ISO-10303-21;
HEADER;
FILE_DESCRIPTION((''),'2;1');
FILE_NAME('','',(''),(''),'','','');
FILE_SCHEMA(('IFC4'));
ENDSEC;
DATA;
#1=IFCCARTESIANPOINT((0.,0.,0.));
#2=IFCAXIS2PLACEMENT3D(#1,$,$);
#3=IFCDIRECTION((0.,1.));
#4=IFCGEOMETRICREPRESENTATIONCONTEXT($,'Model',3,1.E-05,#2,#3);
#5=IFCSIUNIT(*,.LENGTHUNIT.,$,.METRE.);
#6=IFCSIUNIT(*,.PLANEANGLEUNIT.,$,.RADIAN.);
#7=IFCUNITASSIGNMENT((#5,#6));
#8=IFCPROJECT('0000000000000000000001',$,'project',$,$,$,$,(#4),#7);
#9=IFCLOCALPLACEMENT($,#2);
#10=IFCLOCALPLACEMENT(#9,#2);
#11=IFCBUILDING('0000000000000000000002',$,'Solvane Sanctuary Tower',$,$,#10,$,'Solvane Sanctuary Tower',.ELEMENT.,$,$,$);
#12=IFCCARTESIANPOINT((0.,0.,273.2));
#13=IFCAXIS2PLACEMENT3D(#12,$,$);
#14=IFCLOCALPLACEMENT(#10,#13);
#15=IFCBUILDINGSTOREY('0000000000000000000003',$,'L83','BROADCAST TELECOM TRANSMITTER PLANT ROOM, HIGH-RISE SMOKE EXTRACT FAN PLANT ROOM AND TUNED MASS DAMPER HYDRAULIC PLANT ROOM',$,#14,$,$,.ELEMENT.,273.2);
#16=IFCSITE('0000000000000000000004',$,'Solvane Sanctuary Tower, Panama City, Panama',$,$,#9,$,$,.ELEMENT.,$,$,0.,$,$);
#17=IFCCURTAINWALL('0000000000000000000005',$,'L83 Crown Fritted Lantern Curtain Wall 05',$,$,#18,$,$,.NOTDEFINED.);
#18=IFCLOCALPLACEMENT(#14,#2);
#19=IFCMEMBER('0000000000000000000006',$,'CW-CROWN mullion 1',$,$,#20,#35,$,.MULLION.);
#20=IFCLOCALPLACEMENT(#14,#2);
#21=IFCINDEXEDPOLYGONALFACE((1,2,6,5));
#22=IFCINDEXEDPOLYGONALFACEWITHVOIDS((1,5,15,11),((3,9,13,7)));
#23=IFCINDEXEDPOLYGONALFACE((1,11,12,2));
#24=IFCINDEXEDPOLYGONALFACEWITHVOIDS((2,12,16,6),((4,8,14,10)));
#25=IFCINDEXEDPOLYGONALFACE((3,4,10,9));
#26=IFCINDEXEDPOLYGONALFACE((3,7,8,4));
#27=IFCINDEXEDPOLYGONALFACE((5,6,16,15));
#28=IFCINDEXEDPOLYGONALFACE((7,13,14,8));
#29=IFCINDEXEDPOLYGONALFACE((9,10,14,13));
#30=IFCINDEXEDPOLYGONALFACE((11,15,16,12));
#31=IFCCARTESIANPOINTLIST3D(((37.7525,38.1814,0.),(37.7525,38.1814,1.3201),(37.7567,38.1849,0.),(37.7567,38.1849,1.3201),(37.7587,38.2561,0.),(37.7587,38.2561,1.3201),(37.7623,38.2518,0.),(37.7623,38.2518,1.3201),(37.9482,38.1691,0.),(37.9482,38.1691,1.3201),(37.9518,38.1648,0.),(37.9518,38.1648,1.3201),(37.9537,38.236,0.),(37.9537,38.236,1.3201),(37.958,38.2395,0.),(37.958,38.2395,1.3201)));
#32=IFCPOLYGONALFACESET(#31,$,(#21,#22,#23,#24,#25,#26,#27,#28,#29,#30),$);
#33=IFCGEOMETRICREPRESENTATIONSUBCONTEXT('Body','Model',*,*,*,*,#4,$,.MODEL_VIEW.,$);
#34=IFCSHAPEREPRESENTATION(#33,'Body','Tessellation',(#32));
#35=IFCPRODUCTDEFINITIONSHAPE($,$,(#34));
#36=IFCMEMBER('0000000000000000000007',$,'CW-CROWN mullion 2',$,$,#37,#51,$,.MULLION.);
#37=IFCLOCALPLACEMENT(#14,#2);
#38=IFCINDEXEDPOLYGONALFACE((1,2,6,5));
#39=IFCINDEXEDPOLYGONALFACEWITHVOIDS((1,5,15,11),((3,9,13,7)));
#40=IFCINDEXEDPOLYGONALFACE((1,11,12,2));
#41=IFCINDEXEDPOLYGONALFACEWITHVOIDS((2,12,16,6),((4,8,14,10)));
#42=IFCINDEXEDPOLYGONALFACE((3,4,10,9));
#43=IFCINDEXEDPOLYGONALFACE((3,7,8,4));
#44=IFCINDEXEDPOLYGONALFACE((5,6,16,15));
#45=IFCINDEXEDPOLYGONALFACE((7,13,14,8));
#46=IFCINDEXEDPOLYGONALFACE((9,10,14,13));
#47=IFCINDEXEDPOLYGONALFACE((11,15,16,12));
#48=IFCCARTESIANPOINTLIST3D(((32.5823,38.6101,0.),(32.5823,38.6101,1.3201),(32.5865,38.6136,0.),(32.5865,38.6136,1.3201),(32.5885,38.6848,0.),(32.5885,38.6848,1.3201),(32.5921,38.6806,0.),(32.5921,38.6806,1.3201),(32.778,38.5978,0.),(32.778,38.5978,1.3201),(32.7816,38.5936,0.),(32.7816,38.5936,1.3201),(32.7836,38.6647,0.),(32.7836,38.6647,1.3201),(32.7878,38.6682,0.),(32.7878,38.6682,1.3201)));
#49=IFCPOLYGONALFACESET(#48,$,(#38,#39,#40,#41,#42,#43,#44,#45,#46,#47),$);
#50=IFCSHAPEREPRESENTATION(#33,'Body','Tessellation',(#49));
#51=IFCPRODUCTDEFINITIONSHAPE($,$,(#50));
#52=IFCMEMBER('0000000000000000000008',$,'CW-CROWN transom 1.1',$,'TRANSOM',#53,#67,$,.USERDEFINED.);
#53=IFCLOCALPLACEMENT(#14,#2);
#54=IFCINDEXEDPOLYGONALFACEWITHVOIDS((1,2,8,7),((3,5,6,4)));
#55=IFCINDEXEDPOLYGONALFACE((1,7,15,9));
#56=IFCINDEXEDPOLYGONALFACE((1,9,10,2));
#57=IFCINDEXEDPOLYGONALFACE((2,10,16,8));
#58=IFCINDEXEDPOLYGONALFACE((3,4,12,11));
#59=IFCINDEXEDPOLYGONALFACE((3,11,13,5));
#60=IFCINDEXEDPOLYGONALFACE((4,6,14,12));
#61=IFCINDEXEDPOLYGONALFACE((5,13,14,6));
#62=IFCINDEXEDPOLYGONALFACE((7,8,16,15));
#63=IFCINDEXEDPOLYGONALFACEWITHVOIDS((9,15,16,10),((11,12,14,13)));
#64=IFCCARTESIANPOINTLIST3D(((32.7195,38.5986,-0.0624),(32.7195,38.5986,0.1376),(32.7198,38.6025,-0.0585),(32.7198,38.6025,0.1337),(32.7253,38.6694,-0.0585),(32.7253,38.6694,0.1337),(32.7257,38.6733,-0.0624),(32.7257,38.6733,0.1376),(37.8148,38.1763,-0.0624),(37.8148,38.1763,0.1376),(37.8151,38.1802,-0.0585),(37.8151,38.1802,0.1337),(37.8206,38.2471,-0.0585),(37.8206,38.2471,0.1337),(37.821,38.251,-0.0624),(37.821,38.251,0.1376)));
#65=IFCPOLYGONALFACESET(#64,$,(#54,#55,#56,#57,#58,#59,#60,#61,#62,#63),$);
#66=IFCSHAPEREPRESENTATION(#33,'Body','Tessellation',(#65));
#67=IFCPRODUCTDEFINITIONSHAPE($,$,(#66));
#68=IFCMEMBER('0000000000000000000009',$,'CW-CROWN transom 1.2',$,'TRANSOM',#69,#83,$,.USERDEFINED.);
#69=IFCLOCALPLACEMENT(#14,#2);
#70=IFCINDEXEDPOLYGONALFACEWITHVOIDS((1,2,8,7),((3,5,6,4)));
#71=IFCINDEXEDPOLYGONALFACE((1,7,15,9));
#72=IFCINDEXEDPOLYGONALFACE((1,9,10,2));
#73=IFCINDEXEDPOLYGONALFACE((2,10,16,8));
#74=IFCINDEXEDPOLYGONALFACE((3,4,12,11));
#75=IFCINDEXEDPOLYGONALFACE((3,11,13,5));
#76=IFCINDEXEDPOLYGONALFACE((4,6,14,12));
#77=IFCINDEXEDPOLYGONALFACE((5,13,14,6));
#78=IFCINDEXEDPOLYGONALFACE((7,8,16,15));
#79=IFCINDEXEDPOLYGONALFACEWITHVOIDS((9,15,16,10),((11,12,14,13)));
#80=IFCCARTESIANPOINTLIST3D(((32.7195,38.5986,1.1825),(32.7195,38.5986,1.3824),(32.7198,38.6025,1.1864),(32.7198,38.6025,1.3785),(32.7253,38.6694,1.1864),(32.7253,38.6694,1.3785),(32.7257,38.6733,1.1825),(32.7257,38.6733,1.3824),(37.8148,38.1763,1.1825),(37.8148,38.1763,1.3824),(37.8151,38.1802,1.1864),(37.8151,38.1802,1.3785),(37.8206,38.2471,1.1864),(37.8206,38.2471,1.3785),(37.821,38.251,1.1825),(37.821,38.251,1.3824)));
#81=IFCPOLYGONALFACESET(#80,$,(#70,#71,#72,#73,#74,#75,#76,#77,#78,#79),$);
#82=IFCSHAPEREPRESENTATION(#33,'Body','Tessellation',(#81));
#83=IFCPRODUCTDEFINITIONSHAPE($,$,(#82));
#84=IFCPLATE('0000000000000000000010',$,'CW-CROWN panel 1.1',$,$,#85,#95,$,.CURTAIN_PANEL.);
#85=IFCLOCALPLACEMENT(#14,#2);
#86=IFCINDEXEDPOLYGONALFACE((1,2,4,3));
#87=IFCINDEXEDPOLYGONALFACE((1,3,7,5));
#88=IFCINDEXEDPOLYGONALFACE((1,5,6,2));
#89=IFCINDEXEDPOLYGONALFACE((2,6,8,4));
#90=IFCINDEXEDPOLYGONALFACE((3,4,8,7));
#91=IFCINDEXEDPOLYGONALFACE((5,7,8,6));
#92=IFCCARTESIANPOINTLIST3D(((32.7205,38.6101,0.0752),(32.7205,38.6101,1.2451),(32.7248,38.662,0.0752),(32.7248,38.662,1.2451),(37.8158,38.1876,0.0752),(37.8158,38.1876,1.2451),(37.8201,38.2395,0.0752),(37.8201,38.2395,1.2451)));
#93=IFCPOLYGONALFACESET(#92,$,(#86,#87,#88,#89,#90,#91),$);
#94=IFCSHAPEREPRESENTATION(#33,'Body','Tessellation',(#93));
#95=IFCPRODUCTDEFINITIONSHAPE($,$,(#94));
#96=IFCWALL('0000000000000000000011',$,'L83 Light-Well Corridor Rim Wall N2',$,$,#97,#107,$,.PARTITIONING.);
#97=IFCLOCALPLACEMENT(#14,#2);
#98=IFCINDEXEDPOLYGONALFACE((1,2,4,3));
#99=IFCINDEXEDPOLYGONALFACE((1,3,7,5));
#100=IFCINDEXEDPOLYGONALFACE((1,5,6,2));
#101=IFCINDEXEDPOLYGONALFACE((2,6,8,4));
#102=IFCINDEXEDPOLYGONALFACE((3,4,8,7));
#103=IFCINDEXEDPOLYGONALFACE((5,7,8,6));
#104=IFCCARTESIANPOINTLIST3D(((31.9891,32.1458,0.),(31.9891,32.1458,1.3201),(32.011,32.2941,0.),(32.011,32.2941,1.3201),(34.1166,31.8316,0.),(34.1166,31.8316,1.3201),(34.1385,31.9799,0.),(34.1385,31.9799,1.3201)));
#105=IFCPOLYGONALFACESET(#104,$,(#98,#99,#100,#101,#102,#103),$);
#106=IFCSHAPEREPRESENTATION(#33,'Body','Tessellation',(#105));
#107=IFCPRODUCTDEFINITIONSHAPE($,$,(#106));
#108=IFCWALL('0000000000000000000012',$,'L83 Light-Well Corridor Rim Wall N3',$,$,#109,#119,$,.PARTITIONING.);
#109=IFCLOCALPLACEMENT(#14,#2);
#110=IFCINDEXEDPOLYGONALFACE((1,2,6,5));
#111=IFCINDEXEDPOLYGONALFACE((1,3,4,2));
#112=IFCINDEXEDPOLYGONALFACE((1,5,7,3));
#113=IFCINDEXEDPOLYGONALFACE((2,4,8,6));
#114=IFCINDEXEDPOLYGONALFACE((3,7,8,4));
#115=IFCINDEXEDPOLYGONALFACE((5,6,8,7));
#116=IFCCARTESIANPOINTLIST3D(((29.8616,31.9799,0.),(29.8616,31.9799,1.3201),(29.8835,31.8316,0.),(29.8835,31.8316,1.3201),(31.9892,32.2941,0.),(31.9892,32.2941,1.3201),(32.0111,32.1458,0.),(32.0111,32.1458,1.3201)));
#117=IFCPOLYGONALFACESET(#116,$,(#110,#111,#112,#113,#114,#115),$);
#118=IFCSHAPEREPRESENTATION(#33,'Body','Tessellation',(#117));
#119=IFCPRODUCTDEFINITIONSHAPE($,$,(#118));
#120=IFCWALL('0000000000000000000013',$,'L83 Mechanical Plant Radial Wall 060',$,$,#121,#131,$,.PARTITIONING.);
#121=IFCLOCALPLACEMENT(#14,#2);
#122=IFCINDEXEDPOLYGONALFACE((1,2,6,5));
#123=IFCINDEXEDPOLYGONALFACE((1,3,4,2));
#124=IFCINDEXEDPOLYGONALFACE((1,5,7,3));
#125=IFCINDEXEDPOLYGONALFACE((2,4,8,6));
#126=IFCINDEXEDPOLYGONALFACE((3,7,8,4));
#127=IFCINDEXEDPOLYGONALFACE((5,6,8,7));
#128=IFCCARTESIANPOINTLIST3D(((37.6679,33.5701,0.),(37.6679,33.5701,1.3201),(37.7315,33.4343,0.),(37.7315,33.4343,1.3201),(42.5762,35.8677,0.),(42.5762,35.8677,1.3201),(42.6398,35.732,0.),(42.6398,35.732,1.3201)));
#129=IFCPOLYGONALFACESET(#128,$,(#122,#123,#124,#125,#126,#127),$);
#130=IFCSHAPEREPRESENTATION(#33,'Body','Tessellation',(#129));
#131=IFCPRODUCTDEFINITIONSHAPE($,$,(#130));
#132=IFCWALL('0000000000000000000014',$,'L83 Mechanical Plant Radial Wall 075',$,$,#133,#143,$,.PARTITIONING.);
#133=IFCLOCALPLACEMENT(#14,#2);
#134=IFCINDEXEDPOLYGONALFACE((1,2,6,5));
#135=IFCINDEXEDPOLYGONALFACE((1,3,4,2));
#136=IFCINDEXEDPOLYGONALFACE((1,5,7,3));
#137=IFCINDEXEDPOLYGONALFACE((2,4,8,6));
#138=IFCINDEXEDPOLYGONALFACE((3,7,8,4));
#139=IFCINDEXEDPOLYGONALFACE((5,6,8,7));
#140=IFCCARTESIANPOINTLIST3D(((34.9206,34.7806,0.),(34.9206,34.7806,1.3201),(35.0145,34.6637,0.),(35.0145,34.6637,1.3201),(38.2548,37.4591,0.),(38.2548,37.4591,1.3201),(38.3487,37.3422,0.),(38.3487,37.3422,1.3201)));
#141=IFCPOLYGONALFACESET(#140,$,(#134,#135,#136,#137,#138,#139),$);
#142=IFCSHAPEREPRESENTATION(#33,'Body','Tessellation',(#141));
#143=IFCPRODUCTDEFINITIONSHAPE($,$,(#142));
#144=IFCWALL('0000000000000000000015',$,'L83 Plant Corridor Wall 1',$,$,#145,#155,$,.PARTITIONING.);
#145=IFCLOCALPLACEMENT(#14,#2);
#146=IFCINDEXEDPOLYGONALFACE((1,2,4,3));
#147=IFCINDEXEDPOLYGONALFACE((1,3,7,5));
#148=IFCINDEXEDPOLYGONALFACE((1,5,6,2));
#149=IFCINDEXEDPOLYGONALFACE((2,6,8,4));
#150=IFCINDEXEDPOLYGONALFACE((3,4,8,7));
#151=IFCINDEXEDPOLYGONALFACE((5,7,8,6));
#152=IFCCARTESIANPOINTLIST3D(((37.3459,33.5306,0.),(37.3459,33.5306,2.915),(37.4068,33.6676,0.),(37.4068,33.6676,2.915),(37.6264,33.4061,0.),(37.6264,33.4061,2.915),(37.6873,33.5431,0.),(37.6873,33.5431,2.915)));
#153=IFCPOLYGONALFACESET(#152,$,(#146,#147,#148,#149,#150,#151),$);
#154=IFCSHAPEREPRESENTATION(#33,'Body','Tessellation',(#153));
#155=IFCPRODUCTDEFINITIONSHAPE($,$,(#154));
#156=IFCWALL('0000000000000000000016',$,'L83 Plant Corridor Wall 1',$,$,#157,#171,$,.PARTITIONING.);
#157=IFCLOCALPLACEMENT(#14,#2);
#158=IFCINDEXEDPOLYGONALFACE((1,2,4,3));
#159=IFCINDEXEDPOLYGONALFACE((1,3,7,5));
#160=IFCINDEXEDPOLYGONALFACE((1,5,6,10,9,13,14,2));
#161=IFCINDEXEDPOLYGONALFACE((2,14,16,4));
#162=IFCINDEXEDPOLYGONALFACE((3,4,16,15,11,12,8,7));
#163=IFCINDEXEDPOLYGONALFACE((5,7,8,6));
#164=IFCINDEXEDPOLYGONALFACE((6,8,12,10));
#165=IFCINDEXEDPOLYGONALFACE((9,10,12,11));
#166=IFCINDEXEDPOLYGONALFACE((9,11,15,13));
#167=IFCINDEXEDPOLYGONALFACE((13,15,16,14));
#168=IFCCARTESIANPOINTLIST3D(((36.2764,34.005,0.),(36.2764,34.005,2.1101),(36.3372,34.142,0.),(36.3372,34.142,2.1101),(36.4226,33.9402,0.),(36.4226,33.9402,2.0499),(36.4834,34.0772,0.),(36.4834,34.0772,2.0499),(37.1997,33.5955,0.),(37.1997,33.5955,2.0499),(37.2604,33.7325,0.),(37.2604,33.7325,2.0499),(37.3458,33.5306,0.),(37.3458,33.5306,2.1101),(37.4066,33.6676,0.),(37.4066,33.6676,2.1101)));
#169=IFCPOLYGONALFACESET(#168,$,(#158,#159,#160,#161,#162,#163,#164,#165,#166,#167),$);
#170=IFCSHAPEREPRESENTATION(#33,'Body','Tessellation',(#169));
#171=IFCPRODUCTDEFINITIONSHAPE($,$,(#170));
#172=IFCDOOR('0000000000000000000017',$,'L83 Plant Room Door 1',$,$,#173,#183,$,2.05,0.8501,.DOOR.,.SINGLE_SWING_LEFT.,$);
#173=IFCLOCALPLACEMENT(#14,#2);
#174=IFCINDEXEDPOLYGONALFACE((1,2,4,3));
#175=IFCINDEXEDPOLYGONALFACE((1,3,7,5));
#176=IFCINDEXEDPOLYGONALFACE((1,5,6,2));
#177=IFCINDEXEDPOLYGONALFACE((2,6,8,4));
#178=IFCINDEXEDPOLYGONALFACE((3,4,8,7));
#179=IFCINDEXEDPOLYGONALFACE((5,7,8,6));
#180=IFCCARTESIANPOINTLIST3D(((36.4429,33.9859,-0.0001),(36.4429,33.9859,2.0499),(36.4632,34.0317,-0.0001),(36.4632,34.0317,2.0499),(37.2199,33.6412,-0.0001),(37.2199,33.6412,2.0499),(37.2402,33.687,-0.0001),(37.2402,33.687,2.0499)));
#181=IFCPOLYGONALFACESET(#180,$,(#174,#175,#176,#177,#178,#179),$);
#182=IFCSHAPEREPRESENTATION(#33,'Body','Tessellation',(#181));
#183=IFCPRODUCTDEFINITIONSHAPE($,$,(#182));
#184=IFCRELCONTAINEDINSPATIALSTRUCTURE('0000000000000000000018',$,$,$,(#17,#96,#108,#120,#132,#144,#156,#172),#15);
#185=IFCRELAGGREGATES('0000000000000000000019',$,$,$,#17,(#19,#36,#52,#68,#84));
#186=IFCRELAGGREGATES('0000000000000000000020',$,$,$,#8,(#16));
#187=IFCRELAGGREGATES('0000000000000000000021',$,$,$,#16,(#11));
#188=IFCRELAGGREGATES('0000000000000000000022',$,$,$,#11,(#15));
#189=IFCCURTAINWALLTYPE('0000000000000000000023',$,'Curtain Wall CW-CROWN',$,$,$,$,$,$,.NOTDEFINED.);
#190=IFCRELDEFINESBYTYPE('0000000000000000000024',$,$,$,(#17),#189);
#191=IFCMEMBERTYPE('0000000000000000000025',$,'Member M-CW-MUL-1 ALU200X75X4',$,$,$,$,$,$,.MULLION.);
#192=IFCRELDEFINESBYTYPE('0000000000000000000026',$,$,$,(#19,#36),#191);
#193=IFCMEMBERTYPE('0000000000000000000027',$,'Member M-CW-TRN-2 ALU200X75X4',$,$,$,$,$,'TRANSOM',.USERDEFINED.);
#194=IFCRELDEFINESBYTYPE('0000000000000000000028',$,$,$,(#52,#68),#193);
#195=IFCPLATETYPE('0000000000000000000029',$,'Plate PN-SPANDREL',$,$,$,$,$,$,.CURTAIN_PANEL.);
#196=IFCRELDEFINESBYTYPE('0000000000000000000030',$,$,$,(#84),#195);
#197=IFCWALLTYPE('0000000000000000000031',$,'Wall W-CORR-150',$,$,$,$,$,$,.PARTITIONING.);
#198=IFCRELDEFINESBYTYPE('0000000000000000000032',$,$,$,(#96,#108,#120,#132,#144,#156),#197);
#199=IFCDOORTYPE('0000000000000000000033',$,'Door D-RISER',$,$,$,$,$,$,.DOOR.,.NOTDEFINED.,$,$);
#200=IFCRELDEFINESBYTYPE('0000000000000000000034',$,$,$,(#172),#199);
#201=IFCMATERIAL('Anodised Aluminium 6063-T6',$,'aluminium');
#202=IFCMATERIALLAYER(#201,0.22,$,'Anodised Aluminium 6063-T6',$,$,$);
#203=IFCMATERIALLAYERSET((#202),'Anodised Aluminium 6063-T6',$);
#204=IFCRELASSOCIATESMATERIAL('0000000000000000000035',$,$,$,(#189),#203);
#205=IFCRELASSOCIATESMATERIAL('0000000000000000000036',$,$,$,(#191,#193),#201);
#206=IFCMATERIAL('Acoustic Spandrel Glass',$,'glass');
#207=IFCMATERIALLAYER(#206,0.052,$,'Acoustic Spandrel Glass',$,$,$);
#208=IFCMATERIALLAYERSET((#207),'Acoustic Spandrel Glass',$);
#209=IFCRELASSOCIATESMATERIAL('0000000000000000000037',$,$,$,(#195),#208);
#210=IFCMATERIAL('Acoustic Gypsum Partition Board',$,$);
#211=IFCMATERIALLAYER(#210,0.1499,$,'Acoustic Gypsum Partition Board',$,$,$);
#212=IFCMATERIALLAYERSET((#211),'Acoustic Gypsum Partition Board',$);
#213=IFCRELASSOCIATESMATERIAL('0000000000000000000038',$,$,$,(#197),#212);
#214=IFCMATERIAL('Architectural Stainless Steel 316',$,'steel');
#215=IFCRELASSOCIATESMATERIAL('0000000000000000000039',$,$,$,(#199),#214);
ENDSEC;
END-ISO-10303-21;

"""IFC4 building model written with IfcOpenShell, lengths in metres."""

from ifc_helpers import new_model, si_unit, direction, frame, frame_2d, origin, origin_2d, place, context, subcontext, project, spatial, rectangle, hollow_rectangle, extrude, material, layer, layer_set, material_profile, profile_set, type_object, element, fill, aggregate, save


model = new_model("IFC4")

# Units and contexts
model_context = context("Model", 3, precision=1e-05, world=origin(), true_north=direction((0.0, 1.0)))
body_context = subcontext(model_context, "Body", "Model", "MODEL_VIEW")
ifc_project = project(units=[si_unit("LENGTHUNIT", "METRE"), si_unit("PLANEANGLEUNIT", "RADIAN")], contexts=[model_context])

# Site, building, storey
site_placement = place(None, origin())
site = spatial("IfcSite", under=ifc_project, at=site_placement, Name="Solvane Sanctuary Tower, Panama City, Panama", CompositionType="ELEMENT", RefElevation=0.0)
building_placement = place(site_placement, origin())
building = spatial("IfcBuilding", under=site, at=building_placement, Name="Solvane Sanctuary Tower", LongName="Solvane Sanctuary Tower", CompositionType="ELEMENT")
storey_placement = place(building_placement, frame((0.0, 0.0, 273.2)))
storey = spatial("IfcBuildingStorey", under=building, at=storey_placement, Name="L83", Description="BROADCAST TELECOM TRANSMITTER PLANT ROOM, HIGH-RISE SMOKE EXTRACT FAN PLANT ROOM AND TUNED MASS DAMPER HYDRAULIC PLANT ROOM", CompositionType="ELEMENT", Elevation=273.2)

# Shared definitions
ifc_material_1 = material(Name="Anodised Aluminium 6063-T6", Category="aluminium")
ifc_layer_1 = layer(ifc_material_1, 0.22, Name="Anodised Aluminium 6063-T6")
ifc_layer_set_1 = layer_set([ifc_layer_1], Name="Anodised Aluminium 6063-T6")
curtain_wall_type = type_object("IfcCurtainWallType", Name="Curtain Wall CW-CROWN", PredefinedType="NOTDEFINED", material=ifc_layer_set_1)
ifc_material_profile_1 = material_profile(ifc_material_1, hollow_rectangle(XDim=0.075, YDim=0.2, WallThickness=0.0039, at=origin_2d()), Name="ALU200X75X4")
ifc_profile_set_1 = profile_set([ifc_material_profile_1], Name="Anodised Aluminium 6063-T6")
member_type_1 = type_object("IfcMemberType", Name="Member M-CW-MUL-1 ALU200X75X4", PredefinedType="MULLION", material=ifc_profile_set_1)

# Curtain wall, members, plate
curtain_wall_1_placement = place(storey_placement, origin())
curtain_wall_1 = element("IfcCurtainWall", 1, at=curtain_wall_1_placement, inside=storey, type_object=curtain_wall_type, Name="L83 Crown Fritted Lantern Curtain Wall 05", PredefinedType="NOTDEFINED")
member_1_placement = place(storey_placement, frame((37.8552, 38.2104, 0.0), z_axis=(0.0, 0.0, 1.0), x_axis=(-0.082637, -0.99658, 0.0)))
member_1 = element("IfcMember", 2, at=member_1_placement, type_object=member_type_1, Name="CW-CROWN mullion 1", PredefinedType="MULLION", context=body_context, shape_type="SweptSolid", body=[
    extrude(hollow_rectangle(XDim=0.075, YDim=0.2, WallThickness=0.0039, at=origin_2d()), origin(), (0.0, 0.0, 1.0), 1.3201),
])
member_2_placement = place(storey_placement, frame((32.6851, 38.6392, 0.0), z_axis=(0.0, 0.0, 1.0), x_axis=(-0.082637, -0.99658, 0.0)))
member_2 = element("IfcMember", 3, at=member_2_placement, type_object=member_type_1, Name="CW-CROWN mullion 2", PredefinedType="MULLION", context=body_context, shape_type="SweptSolid", body=[
    extrude(hollow_rectangle(XDim=0.075, YDim=0.2, WallThickness=0.0039, at=origin_2d()), origin(), (0.0, 0.0, 1.0), 1.3201),
])
ifc_material_profile_2 = material_profile(ifc_material_1, hollow_rectangle(XDim=0.075, YDim=0.2, WallThickness=0.0039, at=origin_2d()), Name="ALU200X75X4")
ifc_profile_set_2 = profile_set([ifc_material_profile_2], Name="Anodised Aluminium 6063-T6")
member_type_2 = type_object("IfcMemberType", Name="Member M-CW-TRN-2 ALU200X75X4", ElementType="TRANSOM", PredefinedType="USERDEFINED", material=ifc_profile_set_2)
member_3_placement = place(storey_placement, frame((37.8179, 38.2136, 0.0376), z_axis=(-0.996582, 0.082611, 0.0), x_axis=(-0.082611, -0.996582, 0.0)))
member_3 = element("IfcMember", 4, at=member_3_placement, type_object=member_type_2, Name="CW-CROWN transom 1.1", ObjectType="TRANSOM", PredefinedType="USERDEFINED", context=body_context, shape_type="SweptSolid", body=[
    extrude(hollow_rectangle(XDim=0.075, YDim=0.2, WallThickness=0.0039, at=origin_2d()), origin(), (0.0, 0.0, 1.0), 5.1128),
])
member_4_placement = place(storey_placement, frame((37.8179, 38.2136, 1.2825), z_axis=(-0.996582, 0.082611, 0.0), x_axis=(-0.082611, -0.996582, 0.0)))
member_4 = element("IfcMember", 5, at=member_4_placement, type_object=member_type_2, Name="CW-CROWN transom 1.2", ObjectType="TRANSOM", PredefinedType="USERDEFINED", context=body_context, shape_type="SweptSolid", body=[
    extrude(hollow_rectangle(XDim=0.075, YDim=0.2, WallThickness=0.0039, at=origin_2d()), origin(), (0.0, 0.0, 1.0), 5.1128),
])
ifc_material_2 = material(Name="Acoustic Spandrel Glass", Category="glass")
ifc_layer_2 = layer(ifc_material_2, 0.052, Name="Acoustic Spandrel Glass")
ifc_layer_set_2 = layer_set([ifc_layer_2], Name="Acoustic Spandrel Glass")
plate_type = type_object("IfcPlateType", Name="Plate PN-SPANDREL", PredefinedType="CURTAIN_PANEL", material=ifc_layer_set_2)
plate_placement = place(storey_placement, frame((35.2703, 38.4248, 0.0752), z_axis=(0.0, 0.0, 1.0), x_axis=(-0.99658, 0.082637, 0.0)))
plate = element("IfcPlate", 6, at=plate_placement, type_object=plate_type, Name="CW-CROWN panel 1.1", PredefinedType="CURTAIN_PANEL", context=body_context, shape_type="SweptSolid", body=[
    extrude(rectangle(XDim=5.1128, YDim=0.052, at=origin_2d()), origin(), (0.0, 0.0, 1.0), 1.1699),
])
aggregate(curtain_wall_1, [member_1, member_2, member_3, member_4, plate])

# Walls
ifc_material_3 = material(Name="Acoustic Gypsum Partition Board")
ifc_layer_3 = layer(ifc_material_3, 0.1499, Name="Acoustic Gypsum Partition Board")
ifc_layer_set_3 = layer_set([ifc_layer_3], Name="Acoustic Gypsum Partition Board")
wall_type_1 = type_object("IfcWallType", Name="Wall W-CORR-150", PredefinedType="PARTITIONING", material=ifc_layer_set_3)
for number, where, z_axis, x_axis, name in (
    (7, (34.1274, 31.9058, 0.0), (0.0, 0.0, 1.0), (-0.989269, 0.146108, 0.0), "L83 Light-Well Corridor Rim Wall N2"),
    (8, (32.0, 32.22, 0.0), (0.0, 0.0, 1.0), (-0.989269, -0.146108, 0.0), "L83 Light-Well Corridor Rim Wall N3"),
):
    element("IfcWall", number, at=place(storey_placement, frame(where, z_axis=z_axis, x_axis=x_axis)), inside=storey, type_object=wall_type_1, Name=name, PredefinedType="PARTITIONING", context=body_context, shape_type="SweptSolid", body=[
        extrude(rectangle(XDim=2.1506, YDim=0.1499, at=frame_2d((1.0752, 0.0))), origin(), (0.0, 0.0, 1.0), 1.3201),
    ])
wall_1_placement = place(storey_placement, frame((37.6997, 33.5022, 0.0), z_axis=(0.0, 0.0, 1.0), x_axis=(0.90568, 0.423963, 0.0)))
element("IfcWall", 9, at=wall_1_placement, inside=storey, type_object=wall_type_1, Name="L83 Mechanical Plant Radial Wall 060", PredefinedType="PARTITIONING", context=body_context, shape_type="SweptSolid", body=[
    extrude(rectangle(XDim=5.4194, YDim=0.1499, at=frame_2d((2.7097, 0.0))), origin(), (0.0, 0.0, 1.0), 1.3201),
])
wall_2_placement = place(storey_placement, frame((34.9675, 34.7222, 0.0), z_axis=(0.0, 0.0, 1.0), x_axis=(0.779603, 0.626274, 0.0)))
element("IfcWall", 10, at=wall_2_placement, inside=storey, type_object=wall_type_1, Name="L83 Mechanical Plant Radial Wall 075", PredefinedType="PARTITIONING", context=body_context, shape_type="SweptSolid", body=[
    extrude(rectangle(XDim=4.2769, YDim=0.1499, at=frame_2d((2.1384, 0.0))), origin(), (0.0, 0.0, 1.0), 1.3201),
])
wall_3_placement = place(storey_placement, frame((37.6567, 33.4746, 0.0), z_axis=(0.0, 0.0, 1.0), x_axis=(-0.914008, 0.405696, 0.0)))
element("IfcWall", 11, at=wall_3_placement, inside=storey, type_object=wall_type_1, Name="L83 Plant Corridor Wall 1", PredefinedType="PARTITIONING", context=body_context, shape_type="SweptSolid", body=[
    extrude(rectangle(XDim=0.3069, YDim=0.1499, at=frame_2d((0.1533, 0.0))), origin(), (0.0, 0.0, 1.0), 2.915),
])

# Wall, opening, door
wall_4_placement = place(storey_placement, frame((37.3762, 33.5991, 0.0), z_axis=(0.0, 0.0, 1.0), x_axis=(-0.914095, 0.405499, 0.0)))
wall_4 = element("IfcWall", 12, at=wall_4_placement, inside=storey, type_object=wall_type_1, Name="L83 Plant Corridor Wall 1", PredefinedType="PARTITIONING", context=body_context, shape_type="SweptSolid", body=[
    extrude(rectangle(XDim=1.1699, YDim=0.1499, at=frame_2d((0.585, 0.0))), origin(), (0.0, 0.0, 1.0), 2.1101),
])
opening_placement = place(wall_4_placement, frame((0.1599, 0.0, 0.0)))
opening = element("IfcOpeningElement", 13, at=opening_placement, cuts=wall_4, PredefinedType="OPENING", context=body_context, shape_type="SweptSolid", body=[
    extrude(rectangle(XDim=0.8501, YDim=2.05, at=frame_2d((0.425, 1.0249))), frame((0.0, 0.085, 0.0), z_axis=(0.0, -1.0, 0.0), x_axis=(1.0, 0.0, 0.0)), (0.0, 0.0, 1.0), 0.1699),
])
ifc_material_4 = material(Name="Architectural Stainless Steel 316", Category="steel")
door_type = type_object("IfcDoorType", Name="Door D-RISER", OperationType="NOTDEFINED", PredefinedType="DOOR", material=ifc_material_4)
door_placement = place(opening_placement, origin())
door = element("IfcDoor", 14, at=door_placement, inside=storey, type_object=door_type, Name="L83 Plant Room Door 1", OperationType="SINGLE_SWING_LEFT", OverallHeight=2.05, OverallWidth=0.8501, PredefinedType="DOOR", context=body_context, shape_type="SweptSolid", body=[
    extrude(rectangle(XDim=0.8501, YDim=2.05, at=frame_2d((0.425, 1.0249))), frame((0.0, 0.0249, 0.0), z_axis=(0.0, -1.0, 0.0), x_axis=(1.0, 0.0, 0.0)), (0.0, 0.0, 1.0), 0.05),
])
fill(opening, door)

save(model, "model.ifc")
